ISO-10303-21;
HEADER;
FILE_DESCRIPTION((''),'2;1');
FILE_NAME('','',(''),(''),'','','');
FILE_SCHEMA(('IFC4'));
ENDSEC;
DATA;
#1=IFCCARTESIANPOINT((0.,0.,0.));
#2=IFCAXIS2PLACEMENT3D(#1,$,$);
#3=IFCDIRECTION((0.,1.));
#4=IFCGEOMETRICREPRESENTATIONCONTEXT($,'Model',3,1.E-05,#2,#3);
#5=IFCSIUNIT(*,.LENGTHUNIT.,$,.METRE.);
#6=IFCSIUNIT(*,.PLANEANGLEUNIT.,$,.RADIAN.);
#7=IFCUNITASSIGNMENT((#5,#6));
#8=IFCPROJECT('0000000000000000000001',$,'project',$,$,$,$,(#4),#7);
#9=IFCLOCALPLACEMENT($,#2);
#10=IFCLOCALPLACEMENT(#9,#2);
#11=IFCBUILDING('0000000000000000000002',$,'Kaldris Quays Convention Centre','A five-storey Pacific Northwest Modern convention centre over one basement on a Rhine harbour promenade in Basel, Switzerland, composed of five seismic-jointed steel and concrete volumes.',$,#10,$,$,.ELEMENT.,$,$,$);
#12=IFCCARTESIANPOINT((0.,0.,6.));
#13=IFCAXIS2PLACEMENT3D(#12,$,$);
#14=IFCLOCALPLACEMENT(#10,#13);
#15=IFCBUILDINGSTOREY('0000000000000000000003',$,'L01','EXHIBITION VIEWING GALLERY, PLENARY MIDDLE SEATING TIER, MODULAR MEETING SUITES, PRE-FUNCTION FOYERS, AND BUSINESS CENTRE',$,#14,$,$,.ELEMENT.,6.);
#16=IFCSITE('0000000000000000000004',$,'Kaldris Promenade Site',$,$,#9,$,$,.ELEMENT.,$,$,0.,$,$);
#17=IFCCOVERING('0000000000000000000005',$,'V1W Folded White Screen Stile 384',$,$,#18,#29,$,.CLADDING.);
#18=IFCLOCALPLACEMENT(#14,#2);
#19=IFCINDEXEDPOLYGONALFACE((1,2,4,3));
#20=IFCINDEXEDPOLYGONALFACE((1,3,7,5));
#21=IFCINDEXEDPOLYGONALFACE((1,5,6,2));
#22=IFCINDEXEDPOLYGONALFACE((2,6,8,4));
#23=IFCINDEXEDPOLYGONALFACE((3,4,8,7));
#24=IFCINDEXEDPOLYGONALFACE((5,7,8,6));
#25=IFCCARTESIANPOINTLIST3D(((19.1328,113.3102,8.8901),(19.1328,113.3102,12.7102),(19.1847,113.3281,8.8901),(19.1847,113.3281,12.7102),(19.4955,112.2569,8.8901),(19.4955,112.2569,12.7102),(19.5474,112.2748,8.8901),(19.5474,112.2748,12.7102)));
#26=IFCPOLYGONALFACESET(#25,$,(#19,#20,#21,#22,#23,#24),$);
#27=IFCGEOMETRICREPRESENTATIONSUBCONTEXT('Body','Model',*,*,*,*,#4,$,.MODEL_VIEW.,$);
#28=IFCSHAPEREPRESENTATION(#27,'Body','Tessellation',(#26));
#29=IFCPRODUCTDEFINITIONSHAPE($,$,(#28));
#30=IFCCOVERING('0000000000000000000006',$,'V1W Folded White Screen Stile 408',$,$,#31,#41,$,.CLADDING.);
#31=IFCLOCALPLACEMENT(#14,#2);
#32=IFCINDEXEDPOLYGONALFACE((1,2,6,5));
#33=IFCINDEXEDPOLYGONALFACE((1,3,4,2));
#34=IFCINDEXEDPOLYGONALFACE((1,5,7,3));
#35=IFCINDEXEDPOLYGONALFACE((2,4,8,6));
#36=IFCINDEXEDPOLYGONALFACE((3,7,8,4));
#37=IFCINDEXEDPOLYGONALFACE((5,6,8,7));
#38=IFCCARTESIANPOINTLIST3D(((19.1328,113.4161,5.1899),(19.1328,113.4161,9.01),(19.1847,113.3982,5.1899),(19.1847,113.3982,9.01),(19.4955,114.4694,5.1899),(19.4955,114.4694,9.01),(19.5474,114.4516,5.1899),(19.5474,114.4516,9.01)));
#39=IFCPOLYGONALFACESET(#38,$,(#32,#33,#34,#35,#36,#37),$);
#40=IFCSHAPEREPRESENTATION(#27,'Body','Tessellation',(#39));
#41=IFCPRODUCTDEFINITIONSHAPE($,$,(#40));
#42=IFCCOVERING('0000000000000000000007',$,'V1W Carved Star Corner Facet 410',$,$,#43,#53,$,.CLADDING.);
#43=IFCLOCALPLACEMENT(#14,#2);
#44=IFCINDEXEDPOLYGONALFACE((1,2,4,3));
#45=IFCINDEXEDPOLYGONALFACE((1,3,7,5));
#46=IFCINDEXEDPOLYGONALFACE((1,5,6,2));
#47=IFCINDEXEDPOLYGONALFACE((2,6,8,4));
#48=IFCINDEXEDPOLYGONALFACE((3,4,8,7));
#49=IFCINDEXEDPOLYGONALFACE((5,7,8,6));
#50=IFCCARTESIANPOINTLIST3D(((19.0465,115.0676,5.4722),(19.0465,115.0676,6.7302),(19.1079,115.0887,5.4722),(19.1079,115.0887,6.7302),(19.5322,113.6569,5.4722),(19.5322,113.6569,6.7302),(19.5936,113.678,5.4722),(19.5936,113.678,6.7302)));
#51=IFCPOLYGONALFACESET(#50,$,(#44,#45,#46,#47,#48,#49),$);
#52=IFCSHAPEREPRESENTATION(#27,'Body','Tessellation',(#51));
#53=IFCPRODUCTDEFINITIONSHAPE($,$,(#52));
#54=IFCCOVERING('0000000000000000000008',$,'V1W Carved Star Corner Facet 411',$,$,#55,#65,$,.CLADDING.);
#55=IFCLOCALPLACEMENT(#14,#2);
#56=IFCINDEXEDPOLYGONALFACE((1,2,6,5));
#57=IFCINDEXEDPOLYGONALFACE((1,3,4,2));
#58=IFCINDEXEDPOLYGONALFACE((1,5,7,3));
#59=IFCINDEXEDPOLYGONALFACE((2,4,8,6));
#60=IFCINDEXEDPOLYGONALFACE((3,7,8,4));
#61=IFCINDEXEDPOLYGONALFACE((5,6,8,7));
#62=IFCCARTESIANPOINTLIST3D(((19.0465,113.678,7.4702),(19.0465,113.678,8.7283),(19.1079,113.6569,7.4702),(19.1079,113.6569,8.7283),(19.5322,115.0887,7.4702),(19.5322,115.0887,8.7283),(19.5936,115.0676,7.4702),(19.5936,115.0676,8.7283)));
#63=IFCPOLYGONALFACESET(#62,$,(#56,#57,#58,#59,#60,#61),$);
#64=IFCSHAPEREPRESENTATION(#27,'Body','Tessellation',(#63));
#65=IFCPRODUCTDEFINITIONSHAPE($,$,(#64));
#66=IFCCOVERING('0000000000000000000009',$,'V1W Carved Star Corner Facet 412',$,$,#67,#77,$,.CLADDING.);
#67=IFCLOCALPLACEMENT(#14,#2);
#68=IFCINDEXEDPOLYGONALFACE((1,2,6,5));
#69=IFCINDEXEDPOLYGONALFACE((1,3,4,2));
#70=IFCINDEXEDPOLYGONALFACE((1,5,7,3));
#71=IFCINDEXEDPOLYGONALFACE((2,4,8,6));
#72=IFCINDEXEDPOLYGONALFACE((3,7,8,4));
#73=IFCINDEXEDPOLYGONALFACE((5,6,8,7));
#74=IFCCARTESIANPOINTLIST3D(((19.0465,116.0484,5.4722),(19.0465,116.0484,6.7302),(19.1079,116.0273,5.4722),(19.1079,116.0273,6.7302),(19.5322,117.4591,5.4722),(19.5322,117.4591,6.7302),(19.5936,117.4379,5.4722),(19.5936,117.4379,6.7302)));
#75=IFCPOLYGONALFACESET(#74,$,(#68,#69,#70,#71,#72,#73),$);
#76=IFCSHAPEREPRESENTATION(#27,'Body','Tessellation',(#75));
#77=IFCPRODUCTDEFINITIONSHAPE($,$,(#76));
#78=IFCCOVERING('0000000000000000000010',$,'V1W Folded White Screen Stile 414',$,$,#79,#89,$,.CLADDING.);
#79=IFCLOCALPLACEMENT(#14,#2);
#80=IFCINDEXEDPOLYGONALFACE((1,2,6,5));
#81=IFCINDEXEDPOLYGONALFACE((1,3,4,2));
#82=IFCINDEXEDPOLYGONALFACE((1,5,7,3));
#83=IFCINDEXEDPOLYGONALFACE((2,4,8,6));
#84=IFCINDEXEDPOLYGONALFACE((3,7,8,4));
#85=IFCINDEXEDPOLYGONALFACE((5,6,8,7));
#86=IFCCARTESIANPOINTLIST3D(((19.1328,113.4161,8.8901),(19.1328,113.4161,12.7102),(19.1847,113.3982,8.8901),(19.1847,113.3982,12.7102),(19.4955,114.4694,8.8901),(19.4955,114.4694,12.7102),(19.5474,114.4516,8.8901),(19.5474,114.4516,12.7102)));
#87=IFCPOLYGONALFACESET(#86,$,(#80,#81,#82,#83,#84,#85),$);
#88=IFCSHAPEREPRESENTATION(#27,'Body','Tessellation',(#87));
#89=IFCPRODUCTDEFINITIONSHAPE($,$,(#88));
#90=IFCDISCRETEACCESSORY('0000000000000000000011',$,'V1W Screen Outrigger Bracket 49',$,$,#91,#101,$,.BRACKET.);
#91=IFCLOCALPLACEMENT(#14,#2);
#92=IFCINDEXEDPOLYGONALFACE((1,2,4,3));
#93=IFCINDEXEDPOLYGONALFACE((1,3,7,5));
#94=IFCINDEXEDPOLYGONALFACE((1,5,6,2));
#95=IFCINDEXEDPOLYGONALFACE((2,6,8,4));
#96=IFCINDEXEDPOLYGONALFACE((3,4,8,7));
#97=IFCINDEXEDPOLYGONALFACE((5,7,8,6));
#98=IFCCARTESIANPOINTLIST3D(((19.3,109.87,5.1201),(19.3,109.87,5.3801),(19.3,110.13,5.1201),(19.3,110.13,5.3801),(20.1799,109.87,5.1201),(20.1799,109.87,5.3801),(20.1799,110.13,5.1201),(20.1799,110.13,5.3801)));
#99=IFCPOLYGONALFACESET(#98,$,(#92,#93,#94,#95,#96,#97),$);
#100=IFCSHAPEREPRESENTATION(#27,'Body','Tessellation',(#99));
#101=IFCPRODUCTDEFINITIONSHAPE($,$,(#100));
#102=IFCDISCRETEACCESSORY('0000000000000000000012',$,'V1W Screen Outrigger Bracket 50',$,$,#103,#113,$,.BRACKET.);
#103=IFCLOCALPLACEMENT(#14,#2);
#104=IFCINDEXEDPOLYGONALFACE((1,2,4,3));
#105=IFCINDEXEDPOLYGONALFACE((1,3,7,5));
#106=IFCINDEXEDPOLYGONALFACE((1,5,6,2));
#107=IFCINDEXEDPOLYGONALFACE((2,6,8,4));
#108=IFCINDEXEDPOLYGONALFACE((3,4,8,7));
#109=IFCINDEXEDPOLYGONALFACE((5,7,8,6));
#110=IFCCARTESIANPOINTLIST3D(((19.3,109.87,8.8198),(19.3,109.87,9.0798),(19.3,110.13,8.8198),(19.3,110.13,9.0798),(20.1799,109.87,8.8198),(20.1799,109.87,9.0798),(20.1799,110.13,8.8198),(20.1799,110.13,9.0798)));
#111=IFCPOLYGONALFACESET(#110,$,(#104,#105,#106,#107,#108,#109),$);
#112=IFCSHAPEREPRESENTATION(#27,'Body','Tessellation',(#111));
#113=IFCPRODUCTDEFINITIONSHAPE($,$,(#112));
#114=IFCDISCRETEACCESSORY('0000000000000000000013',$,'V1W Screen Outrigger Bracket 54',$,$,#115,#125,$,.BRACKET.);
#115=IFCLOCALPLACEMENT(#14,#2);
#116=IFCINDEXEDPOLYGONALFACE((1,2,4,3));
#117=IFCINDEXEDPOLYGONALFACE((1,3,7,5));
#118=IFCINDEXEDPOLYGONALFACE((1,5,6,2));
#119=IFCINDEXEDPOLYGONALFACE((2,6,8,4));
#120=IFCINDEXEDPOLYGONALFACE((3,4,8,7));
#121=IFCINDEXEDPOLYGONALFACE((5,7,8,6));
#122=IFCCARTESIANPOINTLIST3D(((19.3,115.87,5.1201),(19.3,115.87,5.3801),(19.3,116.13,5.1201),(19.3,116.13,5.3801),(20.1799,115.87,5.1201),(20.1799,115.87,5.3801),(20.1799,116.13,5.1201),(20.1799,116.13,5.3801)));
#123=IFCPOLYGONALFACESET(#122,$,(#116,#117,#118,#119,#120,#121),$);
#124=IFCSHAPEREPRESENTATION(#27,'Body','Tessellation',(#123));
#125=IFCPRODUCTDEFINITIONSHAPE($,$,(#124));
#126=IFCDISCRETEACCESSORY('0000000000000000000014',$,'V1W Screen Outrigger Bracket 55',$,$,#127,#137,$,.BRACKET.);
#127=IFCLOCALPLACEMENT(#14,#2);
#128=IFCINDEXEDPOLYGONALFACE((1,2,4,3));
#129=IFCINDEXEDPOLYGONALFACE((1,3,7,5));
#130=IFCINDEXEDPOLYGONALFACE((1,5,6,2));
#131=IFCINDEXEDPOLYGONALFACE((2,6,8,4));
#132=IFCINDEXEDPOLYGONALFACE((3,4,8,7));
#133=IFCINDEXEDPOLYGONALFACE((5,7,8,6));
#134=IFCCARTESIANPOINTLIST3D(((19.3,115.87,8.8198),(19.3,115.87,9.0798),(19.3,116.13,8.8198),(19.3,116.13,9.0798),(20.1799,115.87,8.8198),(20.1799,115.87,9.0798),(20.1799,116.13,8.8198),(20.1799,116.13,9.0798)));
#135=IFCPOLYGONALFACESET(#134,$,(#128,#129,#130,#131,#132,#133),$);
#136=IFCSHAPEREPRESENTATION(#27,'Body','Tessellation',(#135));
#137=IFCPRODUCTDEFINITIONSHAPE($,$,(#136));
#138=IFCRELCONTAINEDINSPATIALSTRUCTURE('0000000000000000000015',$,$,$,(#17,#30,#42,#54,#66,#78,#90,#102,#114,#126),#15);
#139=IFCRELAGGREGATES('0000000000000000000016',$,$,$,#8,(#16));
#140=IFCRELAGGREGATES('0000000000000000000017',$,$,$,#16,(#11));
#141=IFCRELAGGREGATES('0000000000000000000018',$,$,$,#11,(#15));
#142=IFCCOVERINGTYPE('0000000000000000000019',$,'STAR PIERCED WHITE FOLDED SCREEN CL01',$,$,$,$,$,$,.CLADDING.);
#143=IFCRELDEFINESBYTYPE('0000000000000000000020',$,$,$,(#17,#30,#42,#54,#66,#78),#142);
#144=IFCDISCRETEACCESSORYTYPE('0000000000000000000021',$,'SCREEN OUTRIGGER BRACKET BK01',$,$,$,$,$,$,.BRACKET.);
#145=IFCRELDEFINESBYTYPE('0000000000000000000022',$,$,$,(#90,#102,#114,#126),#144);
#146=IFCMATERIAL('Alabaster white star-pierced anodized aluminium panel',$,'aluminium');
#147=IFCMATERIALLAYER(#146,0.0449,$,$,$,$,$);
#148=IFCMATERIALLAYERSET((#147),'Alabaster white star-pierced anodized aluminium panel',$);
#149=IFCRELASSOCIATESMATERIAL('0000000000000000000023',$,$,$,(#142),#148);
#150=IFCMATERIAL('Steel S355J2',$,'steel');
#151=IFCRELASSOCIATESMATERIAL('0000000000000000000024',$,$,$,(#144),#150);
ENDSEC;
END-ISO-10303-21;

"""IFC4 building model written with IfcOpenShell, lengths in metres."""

from ifc_helpers import new_model, si_unit, direction, frame, origin, origin_2d, place, context, subcontext, project, spatial, rectangle, extrude, material, layer, layer_set, type_object, element, save


model = new_model("IFC4")

# Units and contexts
model_context = context("Model", 3, precision=1e-05, world=origin(), true_north=direction((0.0, 1.0)))
body_context = subcontext(model_context, "Body", "Model", "MODEL_VIEW")
ifc_project = project(units=[si_unit("LENGTHUNIT", "METRE"), si_unit("PLANEANGLEUNIT", "RADIAN")], contexts=[model_context])

# Site, building, storey
site_placement = place(None, origin())
site = spatial("IfcSite", under=ifc_project, at=site_placement, Name="Kaldris Promenade Site", CompositionType="ELEMENT", RefElevation=0.0)
building_placement = place(site_placement, origin())
building = spatial("IfcBuilding", under=site, at=building_placement, Name="Kaldris Quays Convention Centre", Description="A five-storey Pacific Northwest Modern convention centre over one basement on a Rhine harbour promenade in Basel, Switzerland, composed of five seismic-jointed steel and concrete volumes.", CompositionType="ELEMENT")
storey_placement = place(building_placement, frame((0.0, 0.0, 6.0)))
storey = spatial("IfcBuildingStorey", under=building, at=storey_placement, Name="L01", Description="EXHIBITION VIEWING GALLERY, PLENARY MIDDLE SEATING TIER, MODULAR MEETING SUITES, PRE-FUNCTION FOYERS, AND BUSINESS CENTRE", CompositionType="ELEMENT", Elevation=6.0)

# Coverings
ifc_material_1 = material(Name="Alabaster white star-pierced anodized aluminium panel", Category="aluminium")
ifc_layer = layer(ifc_material_1, 0.0449)
ifc_layer_set = layer_set([ifc_layer], Name="Alabaster white star-pierced anodized aluminium panel")
covering_type = type_object("IfcCoveringType", Name="STAR PIERCED WHITE FOLDED SCREEN CL01", PredefinedType="CLADDING", material=ifc_layer_set)
for number, where, z_axis, x_axis, name in (
    (1, (19.3401, 112.7925, 8.8901), (0.0, 0.0, 1.0), (-0.325568, 0.945519, 0.0), "V1W Folded White Screen Stile 384"),
    (2, (19.3401, 113.9338, 5.1899), (0.0, 0.0, 1.0), (0.325568, 0.945519, 0.0), "V1W Folded White Screen Stile 408"),
):
    element("IfcCovering", number, at=place(storey_placement, frame(where, z_axis=z_axis, x_axis=x_axis)), inside=storey, type_object=covering_type, Name=name, PredefinedType="CLADDING", context=body_context, shape_type="SweptSolid", body=[
        extrude(rectangle(XDim=1.114, YDim=0.0549, at=origin_2d()), origin(), (0.0, 0.0, 1.0), 3.8201),
    ])
for number, where, z_axis, x_axis, name in (
    (3, (19.3201, 114.3728, 5.4722), (0.0, 0.0, 1.0), (-0.325568, 0.945519, 0.0), "V1W Carved Star Corner Facet 410"),
    (4, (19.3201, 114.3728, 7.4702), (0.0, 0.0, 1.0), (0.325568, 0.945519, 0.0), "V1W Carved Star Corner Facet 411"),
    (5, (19.3201, 116.7432, 5.4722), (0.0, 0.0, 1.0), (0.325568, 0.945519, 0.0), "V1W Carved Star Corner Facet 412"),
):
    element("IfcCovering", number, at=place(storey_placement, frame(where, z_axis=z_axis, x_axis=x_axis)), inside=storey, type_object=covering_type, Name=name, PredefinedType="CLADDING", context=body_context, shape_type="SweptSolid", body=[
        extrude(rectangle(XDim=1.4919, YDim=0.0649, at=origin_2d()), origin(), (0.0, 0.0, 1.0), 1.2581),
    ])
covering_1_placement = place(storey_placement, frame((19.3401, 113.9338, 8.8901), z_axis=(0.0, 0.0, 1.0), x_axis=(0.325568, 0.945519, 0.0)))
element("IfcCovering", 6, at=covering_1_placement, inside=storey, type_object=covering_type, Name="V1W Folded White Screen Stile 414", PredefinedType="CLADDING", context=body_context, shape_type="SweptSolid", body=[
    extrude(rectangle(XDim=1.114, YDim=0.0549, at=origin_2d()), origin(), (0.0, 0.0, 1.0), 3.8201),
])

# Discrete accessories
ifc_material_2 = material(Name="Steel S355J2", Category="steel")
discrete_accessory_type = type_object("IfcDiscreteAccessoryType", Name="SCREEN OUTRIGGER BRACKET BK01", PredefinedType="BRACKET", material=ifc_material_2)
for number, where, z_axis, x_axis, name in (
    (7, (19.74, 110.0, 5.1201), (0.0, 0.0, 1.0), (0.0, 1.0, 0.0), "V1W Screen Outrigger Bracket 49"),
    (8, (19.74, 110.0, 8.8198), (0.0, 0.0, 1.0), (0.0, 1.0, 0.0), "V1W Screen Outrigger Bracket 50"),
    (9, (19.74, 116.0, 5.1201), (0.0, 0.0, 1.0), (0.0, 1.0, 0.0), "V1W Screen Outrigger Bracket 54"),
    (10, (19.74, 116.0, 8.8198), (0.0, 0.0, 1.0), (0.0, 1.0, 0.0), "V1W Screen Outrigger Bracket 55"),
):
    element("IfcDiscreteAccessory", number, at=place(storey_placement, frame(where, z_axis=z_axis, x_axis=x_axis)), inside=storey, type_object=discrete_accessory_type, Name=name, PredefinedType="BRACKET", context=body_context, shape_type="SweptSolid", body=[
        extrude(rectangle(XDim=0.26, YDim=0.8799, at=origin_2d()), origin(), (0.0, 0.0, 1.0), 0.26),
    ])

save(model, "model.ifc")
